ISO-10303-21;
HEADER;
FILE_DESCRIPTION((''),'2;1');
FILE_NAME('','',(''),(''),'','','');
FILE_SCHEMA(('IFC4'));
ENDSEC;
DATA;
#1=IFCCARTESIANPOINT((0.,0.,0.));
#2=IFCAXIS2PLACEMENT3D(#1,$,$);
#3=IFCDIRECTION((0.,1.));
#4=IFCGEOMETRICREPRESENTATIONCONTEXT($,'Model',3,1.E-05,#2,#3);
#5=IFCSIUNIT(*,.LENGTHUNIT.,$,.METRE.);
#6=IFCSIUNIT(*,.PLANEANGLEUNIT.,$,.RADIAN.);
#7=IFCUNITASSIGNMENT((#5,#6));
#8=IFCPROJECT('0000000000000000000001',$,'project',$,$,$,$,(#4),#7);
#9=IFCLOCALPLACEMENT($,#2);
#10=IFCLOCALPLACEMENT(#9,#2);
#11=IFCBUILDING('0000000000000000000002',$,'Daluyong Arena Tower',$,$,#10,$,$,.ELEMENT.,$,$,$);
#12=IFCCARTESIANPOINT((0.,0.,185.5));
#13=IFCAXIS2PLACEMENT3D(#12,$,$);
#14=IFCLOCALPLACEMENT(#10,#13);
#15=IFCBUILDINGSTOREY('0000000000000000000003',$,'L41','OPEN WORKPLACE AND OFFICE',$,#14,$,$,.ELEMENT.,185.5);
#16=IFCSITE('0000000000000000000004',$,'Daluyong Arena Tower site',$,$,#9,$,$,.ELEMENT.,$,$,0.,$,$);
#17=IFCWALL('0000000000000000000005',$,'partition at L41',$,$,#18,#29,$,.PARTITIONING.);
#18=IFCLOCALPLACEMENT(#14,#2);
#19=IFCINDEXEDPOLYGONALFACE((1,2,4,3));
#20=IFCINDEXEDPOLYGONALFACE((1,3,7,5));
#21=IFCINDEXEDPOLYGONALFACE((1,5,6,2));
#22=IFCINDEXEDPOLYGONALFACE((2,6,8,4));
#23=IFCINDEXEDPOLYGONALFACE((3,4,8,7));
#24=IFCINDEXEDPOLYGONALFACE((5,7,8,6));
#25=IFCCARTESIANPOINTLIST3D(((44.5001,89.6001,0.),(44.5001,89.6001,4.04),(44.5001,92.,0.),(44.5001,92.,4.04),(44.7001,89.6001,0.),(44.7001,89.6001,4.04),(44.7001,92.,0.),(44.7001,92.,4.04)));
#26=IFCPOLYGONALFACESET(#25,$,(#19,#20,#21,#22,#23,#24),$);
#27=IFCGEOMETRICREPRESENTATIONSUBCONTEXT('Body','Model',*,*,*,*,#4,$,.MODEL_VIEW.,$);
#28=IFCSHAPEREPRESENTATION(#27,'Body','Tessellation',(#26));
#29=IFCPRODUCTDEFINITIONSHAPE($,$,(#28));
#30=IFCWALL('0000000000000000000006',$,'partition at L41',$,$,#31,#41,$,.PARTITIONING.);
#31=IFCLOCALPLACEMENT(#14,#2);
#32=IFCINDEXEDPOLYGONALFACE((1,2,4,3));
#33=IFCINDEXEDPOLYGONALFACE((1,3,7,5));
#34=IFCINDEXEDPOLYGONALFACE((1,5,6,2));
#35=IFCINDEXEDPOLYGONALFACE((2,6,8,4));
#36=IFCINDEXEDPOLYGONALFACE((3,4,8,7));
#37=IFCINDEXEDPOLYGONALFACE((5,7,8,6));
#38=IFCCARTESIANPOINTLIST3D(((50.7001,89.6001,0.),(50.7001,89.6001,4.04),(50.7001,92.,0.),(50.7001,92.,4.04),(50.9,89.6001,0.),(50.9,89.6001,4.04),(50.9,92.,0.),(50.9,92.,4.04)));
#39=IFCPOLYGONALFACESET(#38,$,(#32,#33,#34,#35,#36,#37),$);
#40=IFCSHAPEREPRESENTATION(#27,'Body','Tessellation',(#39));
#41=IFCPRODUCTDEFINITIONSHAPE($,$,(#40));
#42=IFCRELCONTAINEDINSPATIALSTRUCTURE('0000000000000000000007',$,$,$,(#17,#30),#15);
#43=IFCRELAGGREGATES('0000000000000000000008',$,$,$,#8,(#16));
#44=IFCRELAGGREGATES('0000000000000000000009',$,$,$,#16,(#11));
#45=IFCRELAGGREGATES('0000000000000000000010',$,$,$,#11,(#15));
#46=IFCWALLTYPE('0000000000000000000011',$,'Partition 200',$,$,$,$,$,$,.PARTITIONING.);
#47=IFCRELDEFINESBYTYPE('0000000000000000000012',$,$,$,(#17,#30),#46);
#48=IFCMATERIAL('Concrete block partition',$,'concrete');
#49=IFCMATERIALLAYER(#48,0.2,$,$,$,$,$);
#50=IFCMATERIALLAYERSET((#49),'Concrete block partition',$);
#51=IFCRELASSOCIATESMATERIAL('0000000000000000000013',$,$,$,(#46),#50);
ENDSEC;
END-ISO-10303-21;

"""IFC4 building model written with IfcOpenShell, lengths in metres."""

from ifc_helpers import new_model, si_unit, direction, frame, frame_2d, origin, place, context, subcontext, project, spatial, rectangle, extrude, material, layer, layer_set, type_object, element, save


model = new_model("IFC4")

# Units and contexts
model_context = context("Model", 3, precision=1e-05, world=origin(), true_north=direction((0.0, 1.0)))
body_context = subcontext(model_context, "Body", "Model", "MODEL_VIEW")
ifc_project = project(units=[si_unit("LENGTHUNIT", "METRE"), si_unit("PLANEANGLEUNIT", "RADIAN")], contexts=[model_context])

# Site, building, storey
site_placement = place(None, origin())
site = spatial("IfcSite", under=ifc_project, at=site_placement, Name="Daluyong Arena Tower site", CompositionType="ELEMENT", RefElevation=0.0)
building_placement = place(site_placement, origin())
building = spatial("IfcBuilding", under=site, at=building_placement, Name="Daluyong Arena Tower", CompositionType="ELEMENT")
storey_placement = place(building_placement, frame((0.0, 0.0, 185.5)))
storey = spatial("IfcBuildingStorey", under=building, at=storey_placement, Name="L41", Description="OPEN WORKPLACE AND OFFICE", CompositionType="ELEMENT", Elevation=185.5)

# Walls
ifc_material_1 = material(Name="Concrete block partition", Category="concrete")
ifc_layer_1 = layer(ifc_material_1, 0.2)
ifc_layer_set_1 = layer_set([ifc_layer_1], Name="Concrete block partition")
wall_type_1 = type_object("IfcWallType", Name="Partition 200", PredefinedType="PARTITIONING", material=ifc_layer_set_1)
for number, where, z_axis, x_axis, name in (
    (1, (44.6001, 89.6001, 0.0), (0.0, 0.0, 1.0), (0.0, 1.0, 0.0), "partition at L41"),
    (2, (50.8, 89.6001, 0.0), (0.0, 0.0, 1.0), (0.0, 1.0, 0.0), "partition at L41"),
):
    element("IfcWall", number, at=place(storey_placement, frame(where, z_axis=z_axis, x_axis=x_axis)), inside=storey, type_object=wall_type_1, Name=name, PredefinedType="PARTITIONING", context=body_context, shape_type="SweptSolid", body=[
        extrude(rectangle(XDim=2.3999, YDim=0.2, at=frame_2d((1.2, 0.0))), origin(), (0.0, 0.0, 1.0), 4.04),
    ])

save(model, "model.ifc")
